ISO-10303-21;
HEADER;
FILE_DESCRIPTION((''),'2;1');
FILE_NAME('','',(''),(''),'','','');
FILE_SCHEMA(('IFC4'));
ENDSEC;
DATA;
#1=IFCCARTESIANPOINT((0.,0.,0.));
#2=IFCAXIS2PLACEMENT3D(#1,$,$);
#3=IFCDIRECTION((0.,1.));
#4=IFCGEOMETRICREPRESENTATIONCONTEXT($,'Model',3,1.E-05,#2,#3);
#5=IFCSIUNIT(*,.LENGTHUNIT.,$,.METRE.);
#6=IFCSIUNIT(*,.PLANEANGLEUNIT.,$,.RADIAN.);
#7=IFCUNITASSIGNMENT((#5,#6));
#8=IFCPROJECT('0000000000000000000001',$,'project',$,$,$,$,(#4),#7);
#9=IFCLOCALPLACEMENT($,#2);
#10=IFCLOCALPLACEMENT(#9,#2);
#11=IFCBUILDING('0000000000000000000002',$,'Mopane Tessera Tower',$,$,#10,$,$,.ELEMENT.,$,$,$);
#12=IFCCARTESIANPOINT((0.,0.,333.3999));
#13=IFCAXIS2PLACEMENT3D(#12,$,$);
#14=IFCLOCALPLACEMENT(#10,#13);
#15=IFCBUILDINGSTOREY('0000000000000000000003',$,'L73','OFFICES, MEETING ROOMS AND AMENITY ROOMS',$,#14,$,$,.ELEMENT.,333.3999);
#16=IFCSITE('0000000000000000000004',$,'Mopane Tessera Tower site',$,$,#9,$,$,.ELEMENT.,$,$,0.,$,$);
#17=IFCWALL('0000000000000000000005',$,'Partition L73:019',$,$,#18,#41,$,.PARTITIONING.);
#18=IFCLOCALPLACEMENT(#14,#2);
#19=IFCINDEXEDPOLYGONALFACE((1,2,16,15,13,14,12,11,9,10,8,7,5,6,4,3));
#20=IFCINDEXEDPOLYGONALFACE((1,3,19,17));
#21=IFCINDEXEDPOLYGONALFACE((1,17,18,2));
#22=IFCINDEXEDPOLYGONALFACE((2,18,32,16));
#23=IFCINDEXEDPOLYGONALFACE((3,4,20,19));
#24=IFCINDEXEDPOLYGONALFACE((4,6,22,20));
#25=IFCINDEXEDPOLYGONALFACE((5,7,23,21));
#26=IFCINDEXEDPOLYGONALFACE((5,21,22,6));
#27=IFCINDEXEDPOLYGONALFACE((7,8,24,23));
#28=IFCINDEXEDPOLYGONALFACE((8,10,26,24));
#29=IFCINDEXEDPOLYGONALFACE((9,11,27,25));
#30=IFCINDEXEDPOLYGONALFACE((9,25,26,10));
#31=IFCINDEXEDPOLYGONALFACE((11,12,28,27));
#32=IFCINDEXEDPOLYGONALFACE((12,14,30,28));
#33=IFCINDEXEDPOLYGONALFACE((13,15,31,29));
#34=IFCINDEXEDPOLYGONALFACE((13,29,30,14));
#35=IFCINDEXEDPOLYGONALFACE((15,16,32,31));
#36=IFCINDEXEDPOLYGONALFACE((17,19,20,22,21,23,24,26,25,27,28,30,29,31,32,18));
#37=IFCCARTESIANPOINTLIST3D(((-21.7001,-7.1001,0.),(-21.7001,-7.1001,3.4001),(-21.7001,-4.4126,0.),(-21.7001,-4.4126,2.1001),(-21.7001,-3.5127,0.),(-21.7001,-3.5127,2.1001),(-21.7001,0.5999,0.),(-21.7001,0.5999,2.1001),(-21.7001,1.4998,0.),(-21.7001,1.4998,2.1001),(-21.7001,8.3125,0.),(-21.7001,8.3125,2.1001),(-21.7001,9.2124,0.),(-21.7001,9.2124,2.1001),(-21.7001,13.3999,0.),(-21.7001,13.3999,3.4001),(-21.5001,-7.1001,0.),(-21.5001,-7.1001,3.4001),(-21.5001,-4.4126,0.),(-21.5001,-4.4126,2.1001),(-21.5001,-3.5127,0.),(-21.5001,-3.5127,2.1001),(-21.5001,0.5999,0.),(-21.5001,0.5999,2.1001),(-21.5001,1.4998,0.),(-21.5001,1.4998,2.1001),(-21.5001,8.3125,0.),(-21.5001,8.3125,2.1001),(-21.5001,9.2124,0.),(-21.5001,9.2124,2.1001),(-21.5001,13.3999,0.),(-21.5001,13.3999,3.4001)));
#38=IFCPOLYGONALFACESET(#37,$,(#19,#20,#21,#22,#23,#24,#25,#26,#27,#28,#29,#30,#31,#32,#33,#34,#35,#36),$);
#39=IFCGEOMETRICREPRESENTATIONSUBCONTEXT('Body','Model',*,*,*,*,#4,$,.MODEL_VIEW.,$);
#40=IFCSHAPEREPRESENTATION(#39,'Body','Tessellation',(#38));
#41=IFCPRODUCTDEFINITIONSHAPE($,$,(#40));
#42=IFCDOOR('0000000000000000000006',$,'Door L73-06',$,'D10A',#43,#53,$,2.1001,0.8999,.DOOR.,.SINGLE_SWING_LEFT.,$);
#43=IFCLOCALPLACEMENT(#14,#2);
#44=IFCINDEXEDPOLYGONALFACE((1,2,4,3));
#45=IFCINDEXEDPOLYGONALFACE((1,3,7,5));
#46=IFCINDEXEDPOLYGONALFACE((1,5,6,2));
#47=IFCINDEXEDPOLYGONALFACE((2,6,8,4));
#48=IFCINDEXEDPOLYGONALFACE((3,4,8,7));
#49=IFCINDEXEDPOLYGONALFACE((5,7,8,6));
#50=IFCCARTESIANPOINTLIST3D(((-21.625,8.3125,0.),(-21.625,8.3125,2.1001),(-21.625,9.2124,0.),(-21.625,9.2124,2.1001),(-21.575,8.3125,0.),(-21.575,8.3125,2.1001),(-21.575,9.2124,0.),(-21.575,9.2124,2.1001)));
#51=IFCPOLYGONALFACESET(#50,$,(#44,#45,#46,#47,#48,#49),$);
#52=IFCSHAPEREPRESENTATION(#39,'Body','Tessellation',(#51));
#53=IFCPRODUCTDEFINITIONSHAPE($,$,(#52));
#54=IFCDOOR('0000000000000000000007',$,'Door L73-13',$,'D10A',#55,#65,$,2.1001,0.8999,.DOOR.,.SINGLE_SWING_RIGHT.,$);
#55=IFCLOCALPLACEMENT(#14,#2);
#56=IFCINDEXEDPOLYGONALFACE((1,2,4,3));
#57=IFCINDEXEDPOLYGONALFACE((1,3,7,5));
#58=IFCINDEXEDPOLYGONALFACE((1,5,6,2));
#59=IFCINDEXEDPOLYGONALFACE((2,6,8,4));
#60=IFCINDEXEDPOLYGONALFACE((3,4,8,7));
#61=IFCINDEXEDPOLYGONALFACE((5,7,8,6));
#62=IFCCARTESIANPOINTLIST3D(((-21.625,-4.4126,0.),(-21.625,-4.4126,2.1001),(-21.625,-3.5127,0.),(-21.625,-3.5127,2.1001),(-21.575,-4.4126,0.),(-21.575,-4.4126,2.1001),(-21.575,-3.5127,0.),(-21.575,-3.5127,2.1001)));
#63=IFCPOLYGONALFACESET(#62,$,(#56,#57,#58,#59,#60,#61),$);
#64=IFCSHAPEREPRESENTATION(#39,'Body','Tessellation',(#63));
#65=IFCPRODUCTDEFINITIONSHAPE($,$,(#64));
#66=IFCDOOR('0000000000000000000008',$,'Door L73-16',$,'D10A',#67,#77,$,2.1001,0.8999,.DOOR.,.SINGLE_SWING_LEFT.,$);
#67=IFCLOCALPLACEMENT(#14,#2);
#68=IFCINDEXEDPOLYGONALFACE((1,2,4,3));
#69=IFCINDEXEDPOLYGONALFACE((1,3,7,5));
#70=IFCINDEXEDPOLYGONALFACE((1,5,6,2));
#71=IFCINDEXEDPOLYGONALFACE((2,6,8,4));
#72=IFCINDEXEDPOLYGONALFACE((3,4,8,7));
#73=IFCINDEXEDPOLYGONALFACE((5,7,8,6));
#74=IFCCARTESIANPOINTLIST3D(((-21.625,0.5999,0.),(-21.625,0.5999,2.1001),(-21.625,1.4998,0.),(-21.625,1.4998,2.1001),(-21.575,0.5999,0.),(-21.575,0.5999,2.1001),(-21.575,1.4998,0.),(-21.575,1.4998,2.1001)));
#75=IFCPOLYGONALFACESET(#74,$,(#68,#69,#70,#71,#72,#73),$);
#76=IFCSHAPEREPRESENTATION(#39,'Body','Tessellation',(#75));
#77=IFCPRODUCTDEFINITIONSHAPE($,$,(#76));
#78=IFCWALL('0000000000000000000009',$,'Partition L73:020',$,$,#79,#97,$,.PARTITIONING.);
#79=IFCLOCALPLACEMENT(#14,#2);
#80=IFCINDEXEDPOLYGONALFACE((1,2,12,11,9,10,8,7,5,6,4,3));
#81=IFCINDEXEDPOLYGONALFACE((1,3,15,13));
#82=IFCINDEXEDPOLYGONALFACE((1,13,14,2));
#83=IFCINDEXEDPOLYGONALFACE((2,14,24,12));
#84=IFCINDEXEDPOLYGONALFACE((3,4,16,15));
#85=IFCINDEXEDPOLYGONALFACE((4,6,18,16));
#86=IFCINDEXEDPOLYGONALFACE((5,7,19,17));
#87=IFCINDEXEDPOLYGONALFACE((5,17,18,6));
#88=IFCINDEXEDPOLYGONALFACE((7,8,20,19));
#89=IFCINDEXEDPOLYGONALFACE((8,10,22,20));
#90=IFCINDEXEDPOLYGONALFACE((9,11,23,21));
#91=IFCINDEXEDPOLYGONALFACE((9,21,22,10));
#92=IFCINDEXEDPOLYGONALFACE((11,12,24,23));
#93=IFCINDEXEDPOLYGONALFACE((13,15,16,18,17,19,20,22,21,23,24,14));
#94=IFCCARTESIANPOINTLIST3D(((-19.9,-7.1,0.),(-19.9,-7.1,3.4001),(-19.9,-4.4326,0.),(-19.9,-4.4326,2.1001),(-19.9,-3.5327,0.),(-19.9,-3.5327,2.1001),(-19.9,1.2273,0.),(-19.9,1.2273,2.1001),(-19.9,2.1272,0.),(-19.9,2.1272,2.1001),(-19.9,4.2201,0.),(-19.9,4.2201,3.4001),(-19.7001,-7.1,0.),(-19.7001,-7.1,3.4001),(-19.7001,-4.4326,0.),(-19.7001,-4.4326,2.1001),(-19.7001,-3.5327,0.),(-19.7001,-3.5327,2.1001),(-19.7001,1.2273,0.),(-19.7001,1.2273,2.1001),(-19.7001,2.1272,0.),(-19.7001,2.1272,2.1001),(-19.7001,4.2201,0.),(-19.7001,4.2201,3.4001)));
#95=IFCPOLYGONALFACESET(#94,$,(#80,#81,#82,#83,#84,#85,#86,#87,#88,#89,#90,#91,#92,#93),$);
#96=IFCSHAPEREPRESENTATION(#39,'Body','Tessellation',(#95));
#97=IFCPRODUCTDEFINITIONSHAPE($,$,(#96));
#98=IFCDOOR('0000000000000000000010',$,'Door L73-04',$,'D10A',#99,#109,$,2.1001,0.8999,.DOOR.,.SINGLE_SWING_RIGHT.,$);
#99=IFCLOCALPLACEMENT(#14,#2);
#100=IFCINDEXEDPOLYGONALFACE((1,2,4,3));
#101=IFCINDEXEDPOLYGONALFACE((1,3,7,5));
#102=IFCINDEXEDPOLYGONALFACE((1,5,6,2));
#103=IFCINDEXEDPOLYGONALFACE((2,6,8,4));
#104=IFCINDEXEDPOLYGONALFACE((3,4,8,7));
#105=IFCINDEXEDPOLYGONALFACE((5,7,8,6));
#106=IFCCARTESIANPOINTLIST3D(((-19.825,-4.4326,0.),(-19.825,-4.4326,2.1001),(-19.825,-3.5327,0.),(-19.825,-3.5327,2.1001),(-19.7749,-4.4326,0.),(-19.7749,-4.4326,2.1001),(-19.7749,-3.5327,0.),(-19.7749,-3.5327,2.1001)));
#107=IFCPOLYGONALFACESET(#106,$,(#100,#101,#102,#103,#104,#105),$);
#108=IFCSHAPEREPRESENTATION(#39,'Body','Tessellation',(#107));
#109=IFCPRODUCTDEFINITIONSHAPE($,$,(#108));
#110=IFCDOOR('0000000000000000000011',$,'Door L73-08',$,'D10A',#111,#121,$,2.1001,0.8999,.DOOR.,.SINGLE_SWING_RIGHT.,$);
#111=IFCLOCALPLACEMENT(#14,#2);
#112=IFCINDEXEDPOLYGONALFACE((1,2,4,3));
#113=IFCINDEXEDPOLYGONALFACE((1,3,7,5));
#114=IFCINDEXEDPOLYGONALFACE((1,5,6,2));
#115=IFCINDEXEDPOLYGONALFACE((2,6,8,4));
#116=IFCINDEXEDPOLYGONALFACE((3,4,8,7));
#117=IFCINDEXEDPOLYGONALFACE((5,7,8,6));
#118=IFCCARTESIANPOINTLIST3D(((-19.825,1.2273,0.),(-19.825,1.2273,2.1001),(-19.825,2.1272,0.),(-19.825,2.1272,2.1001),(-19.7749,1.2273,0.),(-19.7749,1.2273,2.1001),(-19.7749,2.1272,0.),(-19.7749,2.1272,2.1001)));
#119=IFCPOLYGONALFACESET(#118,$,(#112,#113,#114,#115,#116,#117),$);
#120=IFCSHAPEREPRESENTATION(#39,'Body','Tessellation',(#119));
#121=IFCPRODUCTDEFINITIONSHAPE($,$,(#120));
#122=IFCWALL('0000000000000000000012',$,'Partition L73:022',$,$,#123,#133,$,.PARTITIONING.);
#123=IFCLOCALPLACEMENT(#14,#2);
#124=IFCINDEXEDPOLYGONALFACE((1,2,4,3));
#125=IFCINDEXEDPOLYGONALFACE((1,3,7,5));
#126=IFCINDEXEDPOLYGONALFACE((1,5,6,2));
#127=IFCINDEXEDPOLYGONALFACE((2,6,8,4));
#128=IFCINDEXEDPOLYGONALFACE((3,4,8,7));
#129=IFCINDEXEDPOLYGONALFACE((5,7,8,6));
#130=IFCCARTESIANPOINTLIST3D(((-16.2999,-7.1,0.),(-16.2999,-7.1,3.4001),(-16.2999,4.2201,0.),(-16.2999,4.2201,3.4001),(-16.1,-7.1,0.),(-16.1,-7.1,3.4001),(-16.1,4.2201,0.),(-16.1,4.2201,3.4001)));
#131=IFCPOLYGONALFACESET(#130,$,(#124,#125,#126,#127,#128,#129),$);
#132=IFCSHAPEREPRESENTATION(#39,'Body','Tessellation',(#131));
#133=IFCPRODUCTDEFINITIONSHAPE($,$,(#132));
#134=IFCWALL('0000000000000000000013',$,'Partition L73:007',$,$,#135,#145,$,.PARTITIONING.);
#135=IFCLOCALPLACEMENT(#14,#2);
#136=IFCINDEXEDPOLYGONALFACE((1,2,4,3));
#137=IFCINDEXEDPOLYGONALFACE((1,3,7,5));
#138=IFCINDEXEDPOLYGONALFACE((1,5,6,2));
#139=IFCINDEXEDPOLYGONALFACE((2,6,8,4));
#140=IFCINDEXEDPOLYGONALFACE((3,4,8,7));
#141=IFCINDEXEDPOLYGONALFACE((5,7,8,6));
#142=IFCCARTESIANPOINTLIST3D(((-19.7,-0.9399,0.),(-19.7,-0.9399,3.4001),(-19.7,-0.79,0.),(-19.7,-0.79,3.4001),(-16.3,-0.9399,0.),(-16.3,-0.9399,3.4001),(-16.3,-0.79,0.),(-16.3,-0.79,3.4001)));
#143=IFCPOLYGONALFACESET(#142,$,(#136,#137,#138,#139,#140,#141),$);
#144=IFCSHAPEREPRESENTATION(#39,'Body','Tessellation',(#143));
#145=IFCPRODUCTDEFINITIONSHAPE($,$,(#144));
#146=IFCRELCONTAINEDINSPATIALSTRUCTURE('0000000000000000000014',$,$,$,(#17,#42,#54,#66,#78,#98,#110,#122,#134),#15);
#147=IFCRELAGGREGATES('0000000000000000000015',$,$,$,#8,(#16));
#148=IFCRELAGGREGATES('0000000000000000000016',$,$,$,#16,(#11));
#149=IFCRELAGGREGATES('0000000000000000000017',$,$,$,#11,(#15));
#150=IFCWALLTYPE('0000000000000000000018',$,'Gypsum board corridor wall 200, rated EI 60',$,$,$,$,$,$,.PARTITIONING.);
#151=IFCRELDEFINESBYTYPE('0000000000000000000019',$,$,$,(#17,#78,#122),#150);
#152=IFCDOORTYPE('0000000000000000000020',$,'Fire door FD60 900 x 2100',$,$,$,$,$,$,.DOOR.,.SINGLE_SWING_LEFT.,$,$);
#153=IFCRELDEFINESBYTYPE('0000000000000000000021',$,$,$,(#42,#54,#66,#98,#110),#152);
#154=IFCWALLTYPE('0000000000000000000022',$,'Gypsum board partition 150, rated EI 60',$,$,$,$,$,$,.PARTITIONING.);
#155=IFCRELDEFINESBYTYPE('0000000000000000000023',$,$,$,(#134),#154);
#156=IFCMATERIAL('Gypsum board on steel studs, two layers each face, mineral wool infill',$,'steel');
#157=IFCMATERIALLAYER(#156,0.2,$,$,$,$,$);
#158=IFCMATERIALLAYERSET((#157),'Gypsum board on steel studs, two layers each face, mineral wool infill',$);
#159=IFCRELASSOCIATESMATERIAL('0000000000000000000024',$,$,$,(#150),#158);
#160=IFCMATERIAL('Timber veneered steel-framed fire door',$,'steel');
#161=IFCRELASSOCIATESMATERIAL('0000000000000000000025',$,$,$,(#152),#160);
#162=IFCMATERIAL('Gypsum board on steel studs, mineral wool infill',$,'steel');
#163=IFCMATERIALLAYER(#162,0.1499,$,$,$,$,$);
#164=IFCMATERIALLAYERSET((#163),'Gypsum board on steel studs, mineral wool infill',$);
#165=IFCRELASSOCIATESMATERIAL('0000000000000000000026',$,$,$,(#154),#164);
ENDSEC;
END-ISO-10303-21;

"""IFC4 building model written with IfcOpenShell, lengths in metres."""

from ifc_helpers import new_model, si_unit, direction, frame, frame_2d, origin, place, context, subcontext, project, spatial, rectangle, extrude, material, layer, layer_set, type_object, element, fill, save


model = new_model("IFC4")

# Units and contexts
model_context = context("Model", 3, precision=1e-05, world=origin(), true_north=direction((0.0, 1.0)))
body_context = subcontext(model_context, "Body", "Model", "MODEL_VIEW")
ifc_project = project(units=[si_unit("LENGTHUNIT", "METRE"), si_unit("PLANEANGLEUNIT", "RADIAN")], contexts=[model_context])

# Site, building, storey
site_placement = place(None, origin())
site = spatial("IfcSite", under=ifc_project, at=site_placement, Name="Mopane Tessera Tower site", CompositionType="ELEMENT", RefElevation=0.0)
building_placement = place(site_placement, origin())
building = spatial("IfcBuilding", under=site, at=building_placement, Name="Mopane Tessera Tower", CompositionType="ELEMENT")
storey_placement = place(building_placement, frame((0.0, 0.0, 333.3999)))
storey = spatial("IfcBuildingStorey", under=building, at=storey_placement, Name="L73", Description="OFFICES, MEETING ROOMS AND AMENITY ROOMS", CompositionType="ELEMENT", Elevation=333.3999)

# Shared definitions
ifc_material_1 = material(Name="Gypsum board on steel studs, two layers each face, mineral wool infill", Category="steel")
ifc_layer_1 = layer(ifc_material_1, 0.2)
ifc_layer_set_1 = layer_set([ifc_layer_1], Name="Gypsum board on steel studs, two layers each face, mineral wool infill")
wall_type_1 = type_object("IfcWallType", Name="Gypsum board corridor wall 200, rated EI 60", PredefinedType="PARTITIONING", material=ifc_layer_set_1)

# Walls, openings, doors
wall_1_placement = place(storey_placement, frame((-21.6001, -7.1001, 0.0), z_axis=(0.0, 0.0, 1.0), x_axis=(0.0, 1.0, 0.0)))
wall_1 = element("IfcWall", 1, at=wall_1_placement, inside=storey, type_object=wall_type_1, Name="Partition L73:019", PredefinedType="PARTITIONING", context=body_context, shape_type="SweptSolid", body=[
    extrude(rectangle(XDim=20.5, YDim=0.2, at=frame_2d((10.25, 0.0))), origin(), (0.0, 0.0, 1.0), 3.4001),
])
opening_1_placement = place(wall_1_placement, frame((15.4126, 0.0, 0.0)))
opening_1 = element("IfcOpeningElement", 2, at=opening_1_placement, cuts=wall_1, PredefinedType="OPENING", context=body_context, shape_type="SweptSolid", body=[
    extrude(rectangle(XDim=0.8999, YDim=2.1001, at=frame_2d((0.45, 1.05))), frame((0.0, 0.1121, 0.0), z_axis=(0.0, -1.0, 0.0), x_axis=(1.0, 0.0, 0.0)), (0.0, 0.0, 1.0), 0.2239),
])
opening_2_placement = place(wall_1_placement, frame((2.6875, 0.0, 0.0)))
opening_2 = element("IfcOpeningElement", 3, at=opening_2_placement, cuts=wall_1, PredefinedType="OPENING", context=body_context, shape_type="SweptSolid", body=[
    extrude(rectangle(XDim=0.8999, YDim=2.1001, at=frame_2d((0.45, 1.05))), frame((0.0, 0.1121, 0.0), z_axis=(0.0, -1.0, 0.0), x_axis=(1.0, 0.0, 0.0)), (0.0, 0.0, 1.0), 0.2239),
])
opening_3_placement = place(wall_1_placement, frame((7.7, 0.0, 0.0)))
opening_3 = element("IfcOpeningElement", 4, at=opening_3_placement, cuts=wall_1, PredefinedType="OPENING", context=body_context, shape_type="SweptSolid", body=[
    extrude(rectangle(XDim=0.8999, YDim=2.1001, at=frame_2d((0.45, 1.05))), frame((0.0, 0.1121, 0.0), z_axis=(0.0, -1.0, 0.0), x_axis=(1.0, 0.0, 0.0)), (0.0, 0.0, 1.0), 0.2239),
])
ifc_material_2 = material(Name="Timber veneered steel-framed fire door", Category="steel")
door_type_1 = type_object("IfcDoorType", Name="Fire door FD60 900 x 2100", OperationType="SINGLE_SWING_LEFT", PredefinedType="DOOR", material=ifc_material_2)
door_1_placement = place(opening_1_placement, origin())
door_1 = element("IfcDoor", 5, at=door_1_placement, inside=storey, type_object=door_type_1, Name="Door L73-06", ObjectType="D10A", OperationType="SINGLE_SWING_LEFT", OverallHeight=2.1001, OverallWidth=0.8999, PredefinedType="DOOR", context=body_context, shape_type="SweptSolid", body=[
    extrude(rectangle(XDim=0.8999, YDim=2.1001, at=frame_2d((0.45, 1.05))), frame((0.0, 0.0249, 0.0), z_axis=(0.0, -1.0, 0.0), x_axis=(1.0, 0.0, 0.0)), (0.0, 0.0, 1.0), 0.05),
])
fill(opening_1, door_1)
door_2_placement = place(opening_2_placement, origin())
door_2 = element("IfcDoor", 6, at=door_2_placement, inside=storey, type_object=door_type_1, Name="Door L73-13", ObjectType="D10A", OperationType="SINGLE_SWING_RIGHT", OverallHeight=2.1001, OverallWidth=0.8999, PredefinedType="DOOR", context=body_context, shape_type="SweptSolid", body=[
    extrude(rectangle(XDim=0.8999, YDim=2.1001, at=frame_2d((0.45, 1.05))), frame((0.0, 0.0249, 0.0), z_axis=(0.0, -1.0, 0.0), x_axis=(1.0, 0.0, 0.0)), (0.0, 0.0, 1.0), 0.05),
])
fill(opening_2, door_2)
door_3_placement = place(opening_3_placement, origin())
door_3 = element("IfcDoor", 7, at=door_3_placement, inside=storey, type_object=door_type_1, Name="Door L73-16", ObjectType="D10A", OperationType="SINGLE_SWING_LEFT", OverallHeight=2.1001, OverallWidth=0.8999, PredefinedType="DOOR", context=body_context, shape_type="SweptSolid", body=[
    extrude(rectangle(XDim=0.8999, YDim=2.1001, at=frame_2d((0.45, 1.05))), frame((0.0, 0.0249, 0.0), z_axis=(0.0, -1.0, 0.0), x_axis=(1.0, 0.0, 0.0)), (0.0, 0.0, 1.0), 0.05),
])
fill(opening_3, door_3)
wall_2_placement = place(storey_placement, frame((-19.8, -7.1001, 0.0), z_axis=(0.0, 0.0, 1.0), x_axis=(0.0, 1.0, 0.0)))
wall_2 = element("IfcWall", 8, at=wall_2_placement, inside=storey, type_object=wall_type_1, Name="Partition L73:020", PredefinedType="PARTITIONING", context=body_context, shape_type="SweptSolid", body=[
    extrude(rectangle(XDim=11.3201, YDim=0.2, at=frame_2d((5.6602, 0.0))), origin(), (0.0, 0.0, 1.0), 3.4001),
])
opening_4_placement = place(wall_2_placement, frame((2.6675, 0.0, 0.0)))
opening_4 = element("IfcOpeningElement", 9, at=opening_4_placement, cuts=wall_2, PredefinedType="OPENING", context=body_context, shape_type="SweptSolid", body=[
    extrude(rectangle(XDim=0.8999, YDim=2.1001, at=frame_2d((0.45, 1.05))), frame((0.0, 0.1121, 0.0), z_axis=(0.0, -1.0, 0.0), x_axis=(1.0, 0.0, 0.0)), (0.0, 0.0, 1.0), 0.2239),
])
opening_5_placement = place(wall_2_placement, frame((8.3274, 0.0, 0.0)))
opening_5 = element("IfcOpeningElement", 10, at=opening_5_placement, cuts=wall_2, PredefinedType="OPENING", context=body_context, shape_type="SweptSolid", body=[
    extrude(rectangle(XDim=0.8999, YDim=2.1001, at=frame_2d((0.45, 1.05))), frame((0.0, 0.1121, 0.0), z_axis=(0.0, -1.0, 0.0), x_axis=(1.0, 0.0, 0.0)), (0.0, 0.0, 1.0), 0.2239),
])
door_4_placement = place(opening_4_placement, origin())
door_4 = element("IfcDoor", 11, at=door_4_placement, inside=storey, type_object=door_type_1, Name="Door L73-04", ObjectType="D10A", OperationType="SINGLE_SWING_RIGHT", OverallHeight=2.1001, OverallWidth=0.8999, PredefinedType="DOOR", context=body_context, shape_type="SweptSolid", body=[
    extrude(rectangle(XDim=0.8999, YDim=2.1001, at=frame_2d((0.45, 1.05))), frame((0.0, 0.0249, 0.0), z_axis=(0.0, -1.0, 0.0), x_axis=(1.0, 0.0, 0.0)), (0.0, 0.0, 1.0), 0.05),
])
fill(opening_4, door_4)
door_5_placement = place(opening_5_placement, origin())
door_5 = element("IfcDoor", 12, at=door_5_placement, inside=storey, type_object=door_type_1, Name="Door L73-08", ObjectType="D10A", OperationType="SINGLE_SWING_RIGHT", OverallHeight=2.1001, OverallWidth=0.8999, PredefinedType="DOOR", context=body_context, shape_type="SweptSolid", body=[
    extrude(rectangle(XDim=0.8999, YDim=2.1001, at=frame_2d((0.45, 1.05))), frame((0.0, 0.0249, 0.0), z_axis=(0.0, -1.0, 0.0), x_axis=(1.0, 0.0, 0.0)), (0.0, 0.0, 1.0), 0.05),
])
fill(opening_5, door_5)

# Walls
wall_3_placement = place(storey_placement, frame((-16.2, -7.1001, 0.0), z_axis=(0.0, 0.0, 1.0), x_axis=(0.0, 1.0, 0.0)))
element("IfcWall", 13, at=wall_3_placement, inside=storey, type_object=wall_type_1, Name="Partition L73:022", PredefinedType="PARTITIONING", context=body_context, shape_type="SweptSolid", body=[
    extrude(rectangle(XDim=11.3201, YDim=0.2, at=frame_2d((5.6602, 0.0))), origin(), (0.0, 0.0, 1.0), 3.4001),
])
ifc_material_3 = material(Name="Gypsum board on steel studs, mineral wool infill", Category="steel")
ifc_layer_2 = layer(ifc_material_3, 0.1499)
ifc_layer_set_2 = layer_set([ifc_layer_2], Name="Gypsum board on steel studs, mineral wool infill")
wall_type_2 = type_object("IfcWallType", Name="Gypsum board partition 150, rated EI 60", PredefinedType="PARTITIONING", material=ifc_layer_set_2)
wall_4_placement = place(storey_placement, frame((-19.7, -0.865, 0.0), z_axis=(0.0, 0.0, 1.0), x_axis=(1.0, 0.0, 0.0)))
element("IfcWall", 14, at=wall_4_placement, inside=storey, type_object=wall_type_2, Name="Partition L73:007", PredefinedType="PARTITIONING", context=body_context, shape_type="SweptSolid", body=[
    extrude(rectangle(XDim=3.3999, YDim=0.1499, at=frame_2d((1.7, 0.0))), origin(), (0.0, 0.0, 1.0), 3.4001),
])

save(model, "model.ifc")
